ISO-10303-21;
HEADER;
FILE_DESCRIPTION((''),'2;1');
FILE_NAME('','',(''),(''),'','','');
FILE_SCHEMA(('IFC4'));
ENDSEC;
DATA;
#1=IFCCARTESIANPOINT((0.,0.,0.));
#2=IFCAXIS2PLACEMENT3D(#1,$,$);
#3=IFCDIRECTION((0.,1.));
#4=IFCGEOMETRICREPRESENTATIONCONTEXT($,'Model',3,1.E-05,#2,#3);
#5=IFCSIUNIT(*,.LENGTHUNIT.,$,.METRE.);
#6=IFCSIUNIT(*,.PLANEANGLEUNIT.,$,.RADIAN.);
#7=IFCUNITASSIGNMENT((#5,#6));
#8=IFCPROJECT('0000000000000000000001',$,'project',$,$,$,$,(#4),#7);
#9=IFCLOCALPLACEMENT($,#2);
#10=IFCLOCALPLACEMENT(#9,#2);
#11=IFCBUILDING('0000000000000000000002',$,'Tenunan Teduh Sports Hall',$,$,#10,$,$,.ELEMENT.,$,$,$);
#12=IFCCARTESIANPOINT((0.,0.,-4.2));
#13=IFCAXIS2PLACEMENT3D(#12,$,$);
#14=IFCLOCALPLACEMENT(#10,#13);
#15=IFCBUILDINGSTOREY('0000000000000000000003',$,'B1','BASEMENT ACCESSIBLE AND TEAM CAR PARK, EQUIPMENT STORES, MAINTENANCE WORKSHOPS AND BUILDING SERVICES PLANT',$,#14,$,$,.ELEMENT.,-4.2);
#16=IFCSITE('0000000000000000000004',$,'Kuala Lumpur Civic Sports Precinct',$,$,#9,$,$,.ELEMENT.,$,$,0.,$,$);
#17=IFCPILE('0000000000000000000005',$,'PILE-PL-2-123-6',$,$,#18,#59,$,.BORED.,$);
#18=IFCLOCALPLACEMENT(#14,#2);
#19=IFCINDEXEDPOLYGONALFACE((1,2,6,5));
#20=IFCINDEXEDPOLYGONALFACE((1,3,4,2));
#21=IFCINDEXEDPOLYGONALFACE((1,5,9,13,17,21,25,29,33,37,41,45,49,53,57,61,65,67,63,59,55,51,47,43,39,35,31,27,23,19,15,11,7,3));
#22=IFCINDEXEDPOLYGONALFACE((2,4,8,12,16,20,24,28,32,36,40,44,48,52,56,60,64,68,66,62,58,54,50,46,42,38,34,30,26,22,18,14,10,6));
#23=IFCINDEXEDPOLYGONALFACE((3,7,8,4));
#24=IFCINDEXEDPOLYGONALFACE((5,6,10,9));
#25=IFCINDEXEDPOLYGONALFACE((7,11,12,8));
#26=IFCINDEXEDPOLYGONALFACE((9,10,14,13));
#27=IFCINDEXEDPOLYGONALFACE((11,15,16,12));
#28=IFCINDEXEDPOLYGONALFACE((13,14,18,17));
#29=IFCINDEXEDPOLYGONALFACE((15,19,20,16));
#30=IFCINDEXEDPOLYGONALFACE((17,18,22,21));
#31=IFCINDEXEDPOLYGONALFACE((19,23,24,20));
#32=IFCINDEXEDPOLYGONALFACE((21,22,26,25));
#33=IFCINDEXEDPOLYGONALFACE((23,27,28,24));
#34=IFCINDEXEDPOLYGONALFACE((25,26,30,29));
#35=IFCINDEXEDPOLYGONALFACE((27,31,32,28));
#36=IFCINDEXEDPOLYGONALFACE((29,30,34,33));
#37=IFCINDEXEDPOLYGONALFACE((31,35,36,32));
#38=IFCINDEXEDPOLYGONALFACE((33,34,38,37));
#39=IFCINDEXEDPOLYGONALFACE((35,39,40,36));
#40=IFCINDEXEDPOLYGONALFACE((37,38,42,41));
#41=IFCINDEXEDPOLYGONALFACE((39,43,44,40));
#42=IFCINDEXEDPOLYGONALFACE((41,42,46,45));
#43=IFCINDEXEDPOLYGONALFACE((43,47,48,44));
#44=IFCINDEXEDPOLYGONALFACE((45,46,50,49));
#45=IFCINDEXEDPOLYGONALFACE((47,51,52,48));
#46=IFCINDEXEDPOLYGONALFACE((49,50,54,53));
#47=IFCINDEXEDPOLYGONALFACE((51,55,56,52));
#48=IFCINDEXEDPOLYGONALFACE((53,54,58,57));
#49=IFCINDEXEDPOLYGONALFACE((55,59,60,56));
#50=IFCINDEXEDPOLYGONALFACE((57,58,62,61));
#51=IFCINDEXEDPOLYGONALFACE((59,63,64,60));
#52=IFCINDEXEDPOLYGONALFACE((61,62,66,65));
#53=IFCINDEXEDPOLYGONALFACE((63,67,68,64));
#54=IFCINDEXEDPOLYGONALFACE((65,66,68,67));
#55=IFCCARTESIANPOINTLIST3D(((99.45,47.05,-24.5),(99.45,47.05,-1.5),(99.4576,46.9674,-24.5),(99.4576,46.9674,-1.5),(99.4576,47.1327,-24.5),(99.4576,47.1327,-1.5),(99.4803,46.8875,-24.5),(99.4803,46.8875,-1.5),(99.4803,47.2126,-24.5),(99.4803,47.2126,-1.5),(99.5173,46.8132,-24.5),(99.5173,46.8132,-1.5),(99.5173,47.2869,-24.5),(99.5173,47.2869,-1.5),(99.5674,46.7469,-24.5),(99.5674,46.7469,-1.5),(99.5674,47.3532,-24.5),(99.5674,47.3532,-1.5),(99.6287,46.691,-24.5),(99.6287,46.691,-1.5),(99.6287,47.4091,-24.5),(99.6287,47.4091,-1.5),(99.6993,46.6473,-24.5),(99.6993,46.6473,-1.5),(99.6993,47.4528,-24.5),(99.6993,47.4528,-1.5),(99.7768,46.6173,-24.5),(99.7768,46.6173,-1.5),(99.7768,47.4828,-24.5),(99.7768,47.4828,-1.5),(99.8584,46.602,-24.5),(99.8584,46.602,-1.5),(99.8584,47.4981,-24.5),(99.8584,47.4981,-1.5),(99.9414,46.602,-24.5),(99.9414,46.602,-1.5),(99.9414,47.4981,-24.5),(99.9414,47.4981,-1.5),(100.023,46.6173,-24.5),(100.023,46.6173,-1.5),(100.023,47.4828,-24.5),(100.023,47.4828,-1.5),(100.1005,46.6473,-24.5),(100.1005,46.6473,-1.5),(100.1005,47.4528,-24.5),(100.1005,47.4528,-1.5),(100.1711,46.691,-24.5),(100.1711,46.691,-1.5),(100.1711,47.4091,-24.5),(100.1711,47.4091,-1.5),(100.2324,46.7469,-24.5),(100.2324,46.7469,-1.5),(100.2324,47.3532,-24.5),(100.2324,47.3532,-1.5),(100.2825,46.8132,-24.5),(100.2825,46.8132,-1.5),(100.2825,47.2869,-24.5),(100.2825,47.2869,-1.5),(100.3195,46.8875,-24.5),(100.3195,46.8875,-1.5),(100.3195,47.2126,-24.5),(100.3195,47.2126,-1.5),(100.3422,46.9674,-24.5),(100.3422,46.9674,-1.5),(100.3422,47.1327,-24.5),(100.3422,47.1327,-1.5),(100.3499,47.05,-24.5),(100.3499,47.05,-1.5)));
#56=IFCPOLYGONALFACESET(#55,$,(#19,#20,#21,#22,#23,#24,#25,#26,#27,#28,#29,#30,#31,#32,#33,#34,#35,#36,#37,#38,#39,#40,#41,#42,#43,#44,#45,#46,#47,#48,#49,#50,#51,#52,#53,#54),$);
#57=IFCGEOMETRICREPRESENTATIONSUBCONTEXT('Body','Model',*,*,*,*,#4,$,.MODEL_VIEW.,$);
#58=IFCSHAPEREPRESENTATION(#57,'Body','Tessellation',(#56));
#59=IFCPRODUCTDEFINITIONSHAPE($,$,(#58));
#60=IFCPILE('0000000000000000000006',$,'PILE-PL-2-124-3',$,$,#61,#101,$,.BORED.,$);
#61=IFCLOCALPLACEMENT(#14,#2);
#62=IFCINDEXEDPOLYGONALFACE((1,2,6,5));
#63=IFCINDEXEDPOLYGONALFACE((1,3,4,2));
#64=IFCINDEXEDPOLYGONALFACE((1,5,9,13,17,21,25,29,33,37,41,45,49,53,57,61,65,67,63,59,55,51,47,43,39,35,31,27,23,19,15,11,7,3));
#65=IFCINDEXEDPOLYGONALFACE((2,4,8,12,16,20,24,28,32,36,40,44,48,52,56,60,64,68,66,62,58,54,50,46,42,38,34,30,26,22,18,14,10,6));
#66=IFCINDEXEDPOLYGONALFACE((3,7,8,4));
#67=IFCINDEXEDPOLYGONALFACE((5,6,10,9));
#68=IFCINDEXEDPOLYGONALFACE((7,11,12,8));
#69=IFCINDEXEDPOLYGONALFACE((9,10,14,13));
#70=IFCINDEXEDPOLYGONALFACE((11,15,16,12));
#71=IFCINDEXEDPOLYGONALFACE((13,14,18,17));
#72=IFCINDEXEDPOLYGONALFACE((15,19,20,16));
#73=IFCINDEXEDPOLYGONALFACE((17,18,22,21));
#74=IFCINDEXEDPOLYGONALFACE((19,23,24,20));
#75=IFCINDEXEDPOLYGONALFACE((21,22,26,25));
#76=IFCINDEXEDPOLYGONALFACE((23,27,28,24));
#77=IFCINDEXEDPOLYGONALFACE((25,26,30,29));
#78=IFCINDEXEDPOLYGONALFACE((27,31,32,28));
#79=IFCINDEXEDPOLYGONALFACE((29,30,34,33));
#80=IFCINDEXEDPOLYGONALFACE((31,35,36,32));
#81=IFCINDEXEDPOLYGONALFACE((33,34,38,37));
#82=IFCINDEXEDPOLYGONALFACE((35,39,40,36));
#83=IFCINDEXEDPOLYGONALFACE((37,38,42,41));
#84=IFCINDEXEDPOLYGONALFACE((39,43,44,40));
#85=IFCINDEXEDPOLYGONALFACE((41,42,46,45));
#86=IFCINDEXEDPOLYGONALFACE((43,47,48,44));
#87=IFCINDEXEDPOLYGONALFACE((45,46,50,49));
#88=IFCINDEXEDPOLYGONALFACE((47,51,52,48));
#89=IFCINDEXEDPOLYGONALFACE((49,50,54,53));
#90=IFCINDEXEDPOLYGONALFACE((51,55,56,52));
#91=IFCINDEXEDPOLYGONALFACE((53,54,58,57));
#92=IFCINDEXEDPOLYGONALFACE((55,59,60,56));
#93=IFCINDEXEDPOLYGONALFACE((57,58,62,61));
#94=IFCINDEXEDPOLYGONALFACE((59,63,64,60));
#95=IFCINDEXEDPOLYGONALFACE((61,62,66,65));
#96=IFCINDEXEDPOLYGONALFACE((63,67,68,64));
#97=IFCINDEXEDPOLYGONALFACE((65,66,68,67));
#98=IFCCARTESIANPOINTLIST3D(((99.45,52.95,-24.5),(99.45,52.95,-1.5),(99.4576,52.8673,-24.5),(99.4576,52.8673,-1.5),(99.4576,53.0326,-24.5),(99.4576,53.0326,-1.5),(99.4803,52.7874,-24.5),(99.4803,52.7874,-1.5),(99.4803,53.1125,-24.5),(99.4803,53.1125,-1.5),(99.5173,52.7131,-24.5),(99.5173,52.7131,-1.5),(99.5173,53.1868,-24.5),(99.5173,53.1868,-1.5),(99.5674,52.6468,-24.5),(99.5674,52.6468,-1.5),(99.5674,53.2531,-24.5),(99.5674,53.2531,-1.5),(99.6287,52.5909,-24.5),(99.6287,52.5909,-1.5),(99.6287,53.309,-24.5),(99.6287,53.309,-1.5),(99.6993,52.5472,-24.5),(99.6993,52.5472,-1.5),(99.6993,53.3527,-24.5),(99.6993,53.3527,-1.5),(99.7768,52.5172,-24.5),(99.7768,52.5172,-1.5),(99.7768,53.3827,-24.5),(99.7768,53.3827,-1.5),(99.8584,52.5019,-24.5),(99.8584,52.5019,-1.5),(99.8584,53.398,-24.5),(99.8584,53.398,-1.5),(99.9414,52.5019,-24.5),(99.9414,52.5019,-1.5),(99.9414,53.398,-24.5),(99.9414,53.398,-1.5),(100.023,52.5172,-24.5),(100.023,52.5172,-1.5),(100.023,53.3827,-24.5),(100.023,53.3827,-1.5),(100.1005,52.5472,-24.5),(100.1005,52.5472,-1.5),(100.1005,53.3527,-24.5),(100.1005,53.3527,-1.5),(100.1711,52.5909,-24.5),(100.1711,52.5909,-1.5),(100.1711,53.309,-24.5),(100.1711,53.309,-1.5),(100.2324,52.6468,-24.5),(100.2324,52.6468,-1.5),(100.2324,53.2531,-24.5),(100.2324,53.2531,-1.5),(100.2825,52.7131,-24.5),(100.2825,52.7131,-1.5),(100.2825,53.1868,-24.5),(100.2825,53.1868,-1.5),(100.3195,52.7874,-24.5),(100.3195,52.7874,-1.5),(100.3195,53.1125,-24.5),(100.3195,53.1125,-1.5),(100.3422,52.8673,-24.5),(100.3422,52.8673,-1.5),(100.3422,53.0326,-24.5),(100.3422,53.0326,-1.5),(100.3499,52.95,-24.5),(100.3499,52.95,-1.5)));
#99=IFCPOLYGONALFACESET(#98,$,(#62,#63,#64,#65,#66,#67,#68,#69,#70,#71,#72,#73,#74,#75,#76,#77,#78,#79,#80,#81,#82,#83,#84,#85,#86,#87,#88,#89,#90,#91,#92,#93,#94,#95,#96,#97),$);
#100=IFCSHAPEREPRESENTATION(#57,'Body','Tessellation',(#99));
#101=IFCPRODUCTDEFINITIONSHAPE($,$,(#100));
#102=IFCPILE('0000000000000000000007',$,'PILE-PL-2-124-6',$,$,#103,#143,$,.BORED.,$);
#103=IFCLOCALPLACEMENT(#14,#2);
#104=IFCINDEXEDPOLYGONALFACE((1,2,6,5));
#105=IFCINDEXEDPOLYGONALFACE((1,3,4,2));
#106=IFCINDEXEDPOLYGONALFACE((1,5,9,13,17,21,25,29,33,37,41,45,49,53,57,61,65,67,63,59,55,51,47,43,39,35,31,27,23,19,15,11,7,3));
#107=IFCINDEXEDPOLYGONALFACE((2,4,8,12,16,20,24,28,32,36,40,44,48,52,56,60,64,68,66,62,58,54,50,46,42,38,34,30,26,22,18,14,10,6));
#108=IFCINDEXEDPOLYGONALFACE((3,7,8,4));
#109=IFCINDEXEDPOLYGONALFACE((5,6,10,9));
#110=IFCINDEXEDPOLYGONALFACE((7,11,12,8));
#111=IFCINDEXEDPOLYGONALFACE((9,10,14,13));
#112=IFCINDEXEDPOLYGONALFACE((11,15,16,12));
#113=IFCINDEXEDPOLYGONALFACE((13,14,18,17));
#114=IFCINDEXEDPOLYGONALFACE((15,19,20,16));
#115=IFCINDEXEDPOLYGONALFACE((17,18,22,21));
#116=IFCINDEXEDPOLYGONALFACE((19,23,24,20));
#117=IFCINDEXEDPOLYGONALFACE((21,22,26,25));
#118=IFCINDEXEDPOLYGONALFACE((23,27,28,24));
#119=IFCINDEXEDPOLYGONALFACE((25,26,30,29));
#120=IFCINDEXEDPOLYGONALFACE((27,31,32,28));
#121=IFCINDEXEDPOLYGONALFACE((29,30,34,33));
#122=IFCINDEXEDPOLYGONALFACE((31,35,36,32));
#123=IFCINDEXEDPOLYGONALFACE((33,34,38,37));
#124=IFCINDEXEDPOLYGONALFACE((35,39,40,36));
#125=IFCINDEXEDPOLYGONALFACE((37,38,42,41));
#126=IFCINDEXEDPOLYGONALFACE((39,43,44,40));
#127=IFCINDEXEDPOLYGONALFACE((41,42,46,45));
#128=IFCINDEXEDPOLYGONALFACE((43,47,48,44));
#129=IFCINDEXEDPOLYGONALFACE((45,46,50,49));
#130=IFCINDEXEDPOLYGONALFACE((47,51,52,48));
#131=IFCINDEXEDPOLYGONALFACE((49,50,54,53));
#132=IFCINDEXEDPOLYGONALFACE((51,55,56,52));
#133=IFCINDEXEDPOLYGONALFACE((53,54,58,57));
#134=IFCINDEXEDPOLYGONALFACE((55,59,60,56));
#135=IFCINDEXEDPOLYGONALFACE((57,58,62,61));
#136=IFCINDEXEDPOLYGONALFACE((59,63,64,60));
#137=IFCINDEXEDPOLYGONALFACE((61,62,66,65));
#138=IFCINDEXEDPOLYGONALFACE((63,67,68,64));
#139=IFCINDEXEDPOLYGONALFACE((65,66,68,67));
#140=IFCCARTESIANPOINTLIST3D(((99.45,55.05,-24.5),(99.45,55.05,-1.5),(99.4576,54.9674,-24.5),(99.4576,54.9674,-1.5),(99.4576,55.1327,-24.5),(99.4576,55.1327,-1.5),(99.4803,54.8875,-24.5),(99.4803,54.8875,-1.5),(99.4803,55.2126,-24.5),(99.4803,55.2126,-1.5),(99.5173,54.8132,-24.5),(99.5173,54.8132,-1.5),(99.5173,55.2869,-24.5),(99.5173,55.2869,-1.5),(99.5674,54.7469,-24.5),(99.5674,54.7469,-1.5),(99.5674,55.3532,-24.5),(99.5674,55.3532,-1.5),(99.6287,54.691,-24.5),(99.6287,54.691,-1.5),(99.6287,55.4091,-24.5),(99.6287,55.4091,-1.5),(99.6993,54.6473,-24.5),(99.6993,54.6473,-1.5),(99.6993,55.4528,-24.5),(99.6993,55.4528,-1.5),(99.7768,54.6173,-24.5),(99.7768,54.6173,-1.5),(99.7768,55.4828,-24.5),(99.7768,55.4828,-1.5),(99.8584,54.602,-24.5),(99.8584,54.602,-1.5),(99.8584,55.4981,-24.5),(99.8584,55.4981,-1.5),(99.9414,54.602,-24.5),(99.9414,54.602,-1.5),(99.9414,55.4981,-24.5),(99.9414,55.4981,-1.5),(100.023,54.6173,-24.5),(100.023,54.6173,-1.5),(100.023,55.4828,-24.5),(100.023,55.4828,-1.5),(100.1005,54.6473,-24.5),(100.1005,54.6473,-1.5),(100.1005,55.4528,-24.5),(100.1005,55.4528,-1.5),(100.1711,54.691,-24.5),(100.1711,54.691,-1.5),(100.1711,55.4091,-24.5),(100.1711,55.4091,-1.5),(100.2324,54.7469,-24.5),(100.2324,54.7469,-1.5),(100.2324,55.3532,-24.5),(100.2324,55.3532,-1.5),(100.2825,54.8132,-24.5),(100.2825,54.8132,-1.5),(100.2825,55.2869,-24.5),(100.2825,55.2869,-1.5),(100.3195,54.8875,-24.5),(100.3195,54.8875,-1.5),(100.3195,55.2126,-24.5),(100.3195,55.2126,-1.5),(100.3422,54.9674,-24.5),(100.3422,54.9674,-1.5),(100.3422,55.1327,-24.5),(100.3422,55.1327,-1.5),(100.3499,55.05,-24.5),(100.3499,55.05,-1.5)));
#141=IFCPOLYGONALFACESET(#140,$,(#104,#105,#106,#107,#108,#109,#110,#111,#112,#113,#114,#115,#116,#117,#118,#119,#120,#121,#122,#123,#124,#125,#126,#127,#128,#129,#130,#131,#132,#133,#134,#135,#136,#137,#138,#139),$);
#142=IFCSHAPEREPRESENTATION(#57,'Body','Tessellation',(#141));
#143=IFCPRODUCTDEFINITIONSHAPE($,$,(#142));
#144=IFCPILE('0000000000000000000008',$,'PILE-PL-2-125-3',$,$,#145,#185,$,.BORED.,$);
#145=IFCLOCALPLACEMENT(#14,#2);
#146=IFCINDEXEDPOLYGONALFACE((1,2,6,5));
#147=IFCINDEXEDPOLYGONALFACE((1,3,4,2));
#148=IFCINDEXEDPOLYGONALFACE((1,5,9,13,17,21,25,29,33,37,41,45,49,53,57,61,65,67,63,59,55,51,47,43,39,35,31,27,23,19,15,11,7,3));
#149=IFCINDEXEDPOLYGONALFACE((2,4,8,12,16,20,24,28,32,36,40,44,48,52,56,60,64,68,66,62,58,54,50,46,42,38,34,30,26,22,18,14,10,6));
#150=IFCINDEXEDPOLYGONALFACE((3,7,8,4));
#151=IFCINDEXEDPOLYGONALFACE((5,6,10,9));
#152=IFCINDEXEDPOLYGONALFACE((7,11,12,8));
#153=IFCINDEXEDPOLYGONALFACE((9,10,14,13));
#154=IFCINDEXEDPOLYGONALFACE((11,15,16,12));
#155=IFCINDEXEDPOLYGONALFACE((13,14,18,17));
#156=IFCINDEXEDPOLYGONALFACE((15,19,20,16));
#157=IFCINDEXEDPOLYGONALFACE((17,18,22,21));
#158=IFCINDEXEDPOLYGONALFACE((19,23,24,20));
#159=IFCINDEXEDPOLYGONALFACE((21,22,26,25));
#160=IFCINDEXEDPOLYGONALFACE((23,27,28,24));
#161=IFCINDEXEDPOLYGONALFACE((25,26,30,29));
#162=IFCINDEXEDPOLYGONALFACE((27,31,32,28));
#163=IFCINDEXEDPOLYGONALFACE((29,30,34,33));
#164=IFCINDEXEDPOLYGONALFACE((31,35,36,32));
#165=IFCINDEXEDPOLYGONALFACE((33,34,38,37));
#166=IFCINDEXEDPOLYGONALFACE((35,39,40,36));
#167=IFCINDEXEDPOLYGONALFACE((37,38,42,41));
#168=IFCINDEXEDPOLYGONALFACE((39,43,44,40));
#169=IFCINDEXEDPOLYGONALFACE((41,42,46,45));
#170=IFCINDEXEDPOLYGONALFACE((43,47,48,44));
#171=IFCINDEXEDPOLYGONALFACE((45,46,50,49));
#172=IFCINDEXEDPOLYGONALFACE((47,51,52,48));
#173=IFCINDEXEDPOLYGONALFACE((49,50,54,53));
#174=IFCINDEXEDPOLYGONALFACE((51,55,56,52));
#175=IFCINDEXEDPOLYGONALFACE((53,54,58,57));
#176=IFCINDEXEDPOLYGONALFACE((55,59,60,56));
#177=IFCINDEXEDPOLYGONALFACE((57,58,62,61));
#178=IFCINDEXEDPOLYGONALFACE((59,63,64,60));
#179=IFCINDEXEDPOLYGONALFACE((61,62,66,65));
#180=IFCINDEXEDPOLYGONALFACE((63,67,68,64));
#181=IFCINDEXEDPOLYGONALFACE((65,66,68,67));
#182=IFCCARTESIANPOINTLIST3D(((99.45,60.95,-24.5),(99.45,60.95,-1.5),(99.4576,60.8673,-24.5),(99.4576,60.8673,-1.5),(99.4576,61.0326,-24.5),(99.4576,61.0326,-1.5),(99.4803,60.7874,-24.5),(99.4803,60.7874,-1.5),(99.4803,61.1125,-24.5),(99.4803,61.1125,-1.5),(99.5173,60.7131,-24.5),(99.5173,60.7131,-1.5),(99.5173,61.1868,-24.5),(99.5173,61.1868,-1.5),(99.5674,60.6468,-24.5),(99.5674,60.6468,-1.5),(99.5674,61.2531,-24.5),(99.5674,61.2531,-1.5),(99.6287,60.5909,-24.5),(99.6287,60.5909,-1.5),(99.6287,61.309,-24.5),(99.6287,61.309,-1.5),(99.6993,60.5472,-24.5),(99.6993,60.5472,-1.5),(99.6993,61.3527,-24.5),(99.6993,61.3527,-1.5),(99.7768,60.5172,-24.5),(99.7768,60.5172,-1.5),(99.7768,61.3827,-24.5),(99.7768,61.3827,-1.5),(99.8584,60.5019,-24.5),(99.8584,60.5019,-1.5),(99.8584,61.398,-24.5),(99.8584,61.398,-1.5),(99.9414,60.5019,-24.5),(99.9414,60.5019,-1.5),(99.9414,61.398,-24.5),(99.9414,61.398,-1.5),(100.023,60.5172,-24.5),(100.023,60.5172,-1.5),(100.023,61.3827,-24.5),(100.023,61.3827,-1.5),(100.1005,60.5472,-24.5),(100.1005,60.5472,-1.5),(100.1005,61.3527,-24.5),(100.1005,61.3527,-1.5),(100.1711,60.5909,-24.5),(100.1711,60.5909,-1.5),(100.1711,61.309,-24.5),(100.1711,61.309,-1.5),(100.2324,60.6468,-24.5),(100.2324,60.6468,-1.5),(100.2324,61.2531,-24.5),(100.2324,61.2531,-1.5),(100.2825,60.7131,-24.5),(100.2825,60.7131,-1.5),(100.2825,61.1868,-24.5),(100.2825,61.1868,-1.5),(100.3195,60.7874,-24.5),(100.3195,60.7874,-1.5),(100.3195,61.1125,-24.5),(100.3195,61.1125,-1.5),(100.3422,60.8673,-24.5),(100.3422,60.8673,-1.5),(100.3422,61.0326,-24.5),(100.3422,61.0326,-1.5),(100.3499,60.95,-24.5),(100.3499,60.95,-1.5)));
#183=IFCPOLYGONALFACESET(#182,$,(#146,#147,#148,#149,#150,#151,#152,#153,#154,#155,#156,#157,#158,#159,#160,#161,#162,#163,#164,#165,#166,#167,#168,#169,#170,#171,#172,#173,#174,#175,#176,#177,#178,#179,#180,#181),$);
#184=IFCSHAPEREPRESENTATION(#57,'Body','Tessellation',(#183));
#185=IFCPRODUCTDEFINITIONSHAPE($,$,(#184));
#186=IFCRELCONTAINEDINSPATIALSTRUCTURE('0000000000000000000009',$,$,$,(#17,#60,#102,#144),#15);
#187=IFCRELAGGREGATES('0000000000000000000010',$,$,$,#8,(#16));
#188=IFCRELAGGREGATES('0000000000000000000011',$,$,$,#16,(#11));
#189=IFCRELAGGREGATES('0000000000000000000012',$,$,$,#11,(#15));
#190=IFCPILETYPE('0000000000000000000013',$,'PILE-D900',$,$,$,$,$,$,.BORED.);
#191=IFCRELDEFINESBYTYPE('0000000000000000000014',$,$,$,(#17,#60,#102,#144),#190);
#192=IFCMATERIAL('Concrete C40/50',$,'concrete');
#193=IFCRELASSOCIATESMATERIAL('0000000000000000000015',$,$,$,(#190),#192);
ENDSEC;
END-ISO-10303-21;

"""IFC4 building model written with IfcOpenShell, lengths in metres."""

from ifc_helpers import new_model, si_unit, direction, frame, origin, origin_2d, place, context, subcontext, project, spatial, circle, extrude, material, material_profile, profile_set, type_object, element, save


model = new_model("IFC4")

# Units and contexts
model_context = context("Model", 3, precision=1e-05, world=origin(), true_north=direction((0.0, 1.0)))
body_context = subcontext(model_context, "Body", "Model", "MODEL_VIEW")
ifc_project = project(units=[si_unit("LENGTHUNIT", "METRE"), si_unit("PLANEANGLEUNIT", "RADIAN")], contexts=[model_context])

# Site, building, storey
site_placement = place(None, origin())
site = spatial("IfcSite", under=ifc_project, at=site_placement, Name="Kuala Lumpur Civic Sports Precinct", CompositionType="ELEMENT", RefElevation=0.0)
building_placement = place(site_placement, origin())
building = spatial("IfcBuilding", under=site, at=building_placement, Name="Tenunan Teduh Sports Hall", CompositionType="ELEMENT")
storey_placement = place(building_placement, frame((0.0, 0.0, -4.2)))
storey = spatial("IfcBuildingStorey", under=building, at=storey_placement, Name="B1", Description="BASEMENT ACCESSIBLE AND TEAM CAR PARK, EQUIPMENT STORES, MAINTENANCE WORKSHOPS AND BUILDING SERVICES PLANT", CompositionType="ELEMENT", Elevation=-4.2)

# Piles
ifc_material_1 = material(Name="Concrete C40/50", Category="concrete")
ifc_material_profile_1 = material_profile(ifc_material_1, circle(Radius=0.45, at=origin_2d()), Name="PILE D900")
ifc_profile_set_1 = profile_set([ifc_material_profile_1], Name="Concrete C40/50")
pile_type_1 = type_object("IfcPileType", Name="PILE-D900", PredefinedType="BORED", material=ifc_profile_set_1)
for number, where, z_axis, x_axis, name in (
    (1, (99.8999, 47.05, -1.5), (0.0, 0.0, -1.0), (1.0, 0.0, 0.0), "PILE-PL-2-123-6"),
    (2, (99.8999, 52.95, -1.5), (0.0, 0.0, -1.0), (1.0, 0.0, 0.0), "PILE-PL-2-124-3"),
    (3, (99.8999, 55.05, -1.5), (0.0, 0.0, -1.0), (1.0, 0.0, 0.0), "PILE-PL-2-124-6"),
    (4, (99.8999, 60.95, -1.5), (0.0, 0.0, -1.0), (1.0, 0.0, 0.0), "PILE-PL-2-125-3"),
):
    element("IfcPile", number, at=place(storey_placement, frame(where, z_axis=z_axis, x_axis=x_axis)), inside=storey, type_object=pile_type_1, Name=name, PredefinedType="BORED", context=body_context, shape_type="SweptSolid", body=[
        extrude(circle(Radius=0.45, at=origin_2d()), origin(), (0.0, 0.0, 1.0), 23.0),
    ])

save(model, "model.ifc")
